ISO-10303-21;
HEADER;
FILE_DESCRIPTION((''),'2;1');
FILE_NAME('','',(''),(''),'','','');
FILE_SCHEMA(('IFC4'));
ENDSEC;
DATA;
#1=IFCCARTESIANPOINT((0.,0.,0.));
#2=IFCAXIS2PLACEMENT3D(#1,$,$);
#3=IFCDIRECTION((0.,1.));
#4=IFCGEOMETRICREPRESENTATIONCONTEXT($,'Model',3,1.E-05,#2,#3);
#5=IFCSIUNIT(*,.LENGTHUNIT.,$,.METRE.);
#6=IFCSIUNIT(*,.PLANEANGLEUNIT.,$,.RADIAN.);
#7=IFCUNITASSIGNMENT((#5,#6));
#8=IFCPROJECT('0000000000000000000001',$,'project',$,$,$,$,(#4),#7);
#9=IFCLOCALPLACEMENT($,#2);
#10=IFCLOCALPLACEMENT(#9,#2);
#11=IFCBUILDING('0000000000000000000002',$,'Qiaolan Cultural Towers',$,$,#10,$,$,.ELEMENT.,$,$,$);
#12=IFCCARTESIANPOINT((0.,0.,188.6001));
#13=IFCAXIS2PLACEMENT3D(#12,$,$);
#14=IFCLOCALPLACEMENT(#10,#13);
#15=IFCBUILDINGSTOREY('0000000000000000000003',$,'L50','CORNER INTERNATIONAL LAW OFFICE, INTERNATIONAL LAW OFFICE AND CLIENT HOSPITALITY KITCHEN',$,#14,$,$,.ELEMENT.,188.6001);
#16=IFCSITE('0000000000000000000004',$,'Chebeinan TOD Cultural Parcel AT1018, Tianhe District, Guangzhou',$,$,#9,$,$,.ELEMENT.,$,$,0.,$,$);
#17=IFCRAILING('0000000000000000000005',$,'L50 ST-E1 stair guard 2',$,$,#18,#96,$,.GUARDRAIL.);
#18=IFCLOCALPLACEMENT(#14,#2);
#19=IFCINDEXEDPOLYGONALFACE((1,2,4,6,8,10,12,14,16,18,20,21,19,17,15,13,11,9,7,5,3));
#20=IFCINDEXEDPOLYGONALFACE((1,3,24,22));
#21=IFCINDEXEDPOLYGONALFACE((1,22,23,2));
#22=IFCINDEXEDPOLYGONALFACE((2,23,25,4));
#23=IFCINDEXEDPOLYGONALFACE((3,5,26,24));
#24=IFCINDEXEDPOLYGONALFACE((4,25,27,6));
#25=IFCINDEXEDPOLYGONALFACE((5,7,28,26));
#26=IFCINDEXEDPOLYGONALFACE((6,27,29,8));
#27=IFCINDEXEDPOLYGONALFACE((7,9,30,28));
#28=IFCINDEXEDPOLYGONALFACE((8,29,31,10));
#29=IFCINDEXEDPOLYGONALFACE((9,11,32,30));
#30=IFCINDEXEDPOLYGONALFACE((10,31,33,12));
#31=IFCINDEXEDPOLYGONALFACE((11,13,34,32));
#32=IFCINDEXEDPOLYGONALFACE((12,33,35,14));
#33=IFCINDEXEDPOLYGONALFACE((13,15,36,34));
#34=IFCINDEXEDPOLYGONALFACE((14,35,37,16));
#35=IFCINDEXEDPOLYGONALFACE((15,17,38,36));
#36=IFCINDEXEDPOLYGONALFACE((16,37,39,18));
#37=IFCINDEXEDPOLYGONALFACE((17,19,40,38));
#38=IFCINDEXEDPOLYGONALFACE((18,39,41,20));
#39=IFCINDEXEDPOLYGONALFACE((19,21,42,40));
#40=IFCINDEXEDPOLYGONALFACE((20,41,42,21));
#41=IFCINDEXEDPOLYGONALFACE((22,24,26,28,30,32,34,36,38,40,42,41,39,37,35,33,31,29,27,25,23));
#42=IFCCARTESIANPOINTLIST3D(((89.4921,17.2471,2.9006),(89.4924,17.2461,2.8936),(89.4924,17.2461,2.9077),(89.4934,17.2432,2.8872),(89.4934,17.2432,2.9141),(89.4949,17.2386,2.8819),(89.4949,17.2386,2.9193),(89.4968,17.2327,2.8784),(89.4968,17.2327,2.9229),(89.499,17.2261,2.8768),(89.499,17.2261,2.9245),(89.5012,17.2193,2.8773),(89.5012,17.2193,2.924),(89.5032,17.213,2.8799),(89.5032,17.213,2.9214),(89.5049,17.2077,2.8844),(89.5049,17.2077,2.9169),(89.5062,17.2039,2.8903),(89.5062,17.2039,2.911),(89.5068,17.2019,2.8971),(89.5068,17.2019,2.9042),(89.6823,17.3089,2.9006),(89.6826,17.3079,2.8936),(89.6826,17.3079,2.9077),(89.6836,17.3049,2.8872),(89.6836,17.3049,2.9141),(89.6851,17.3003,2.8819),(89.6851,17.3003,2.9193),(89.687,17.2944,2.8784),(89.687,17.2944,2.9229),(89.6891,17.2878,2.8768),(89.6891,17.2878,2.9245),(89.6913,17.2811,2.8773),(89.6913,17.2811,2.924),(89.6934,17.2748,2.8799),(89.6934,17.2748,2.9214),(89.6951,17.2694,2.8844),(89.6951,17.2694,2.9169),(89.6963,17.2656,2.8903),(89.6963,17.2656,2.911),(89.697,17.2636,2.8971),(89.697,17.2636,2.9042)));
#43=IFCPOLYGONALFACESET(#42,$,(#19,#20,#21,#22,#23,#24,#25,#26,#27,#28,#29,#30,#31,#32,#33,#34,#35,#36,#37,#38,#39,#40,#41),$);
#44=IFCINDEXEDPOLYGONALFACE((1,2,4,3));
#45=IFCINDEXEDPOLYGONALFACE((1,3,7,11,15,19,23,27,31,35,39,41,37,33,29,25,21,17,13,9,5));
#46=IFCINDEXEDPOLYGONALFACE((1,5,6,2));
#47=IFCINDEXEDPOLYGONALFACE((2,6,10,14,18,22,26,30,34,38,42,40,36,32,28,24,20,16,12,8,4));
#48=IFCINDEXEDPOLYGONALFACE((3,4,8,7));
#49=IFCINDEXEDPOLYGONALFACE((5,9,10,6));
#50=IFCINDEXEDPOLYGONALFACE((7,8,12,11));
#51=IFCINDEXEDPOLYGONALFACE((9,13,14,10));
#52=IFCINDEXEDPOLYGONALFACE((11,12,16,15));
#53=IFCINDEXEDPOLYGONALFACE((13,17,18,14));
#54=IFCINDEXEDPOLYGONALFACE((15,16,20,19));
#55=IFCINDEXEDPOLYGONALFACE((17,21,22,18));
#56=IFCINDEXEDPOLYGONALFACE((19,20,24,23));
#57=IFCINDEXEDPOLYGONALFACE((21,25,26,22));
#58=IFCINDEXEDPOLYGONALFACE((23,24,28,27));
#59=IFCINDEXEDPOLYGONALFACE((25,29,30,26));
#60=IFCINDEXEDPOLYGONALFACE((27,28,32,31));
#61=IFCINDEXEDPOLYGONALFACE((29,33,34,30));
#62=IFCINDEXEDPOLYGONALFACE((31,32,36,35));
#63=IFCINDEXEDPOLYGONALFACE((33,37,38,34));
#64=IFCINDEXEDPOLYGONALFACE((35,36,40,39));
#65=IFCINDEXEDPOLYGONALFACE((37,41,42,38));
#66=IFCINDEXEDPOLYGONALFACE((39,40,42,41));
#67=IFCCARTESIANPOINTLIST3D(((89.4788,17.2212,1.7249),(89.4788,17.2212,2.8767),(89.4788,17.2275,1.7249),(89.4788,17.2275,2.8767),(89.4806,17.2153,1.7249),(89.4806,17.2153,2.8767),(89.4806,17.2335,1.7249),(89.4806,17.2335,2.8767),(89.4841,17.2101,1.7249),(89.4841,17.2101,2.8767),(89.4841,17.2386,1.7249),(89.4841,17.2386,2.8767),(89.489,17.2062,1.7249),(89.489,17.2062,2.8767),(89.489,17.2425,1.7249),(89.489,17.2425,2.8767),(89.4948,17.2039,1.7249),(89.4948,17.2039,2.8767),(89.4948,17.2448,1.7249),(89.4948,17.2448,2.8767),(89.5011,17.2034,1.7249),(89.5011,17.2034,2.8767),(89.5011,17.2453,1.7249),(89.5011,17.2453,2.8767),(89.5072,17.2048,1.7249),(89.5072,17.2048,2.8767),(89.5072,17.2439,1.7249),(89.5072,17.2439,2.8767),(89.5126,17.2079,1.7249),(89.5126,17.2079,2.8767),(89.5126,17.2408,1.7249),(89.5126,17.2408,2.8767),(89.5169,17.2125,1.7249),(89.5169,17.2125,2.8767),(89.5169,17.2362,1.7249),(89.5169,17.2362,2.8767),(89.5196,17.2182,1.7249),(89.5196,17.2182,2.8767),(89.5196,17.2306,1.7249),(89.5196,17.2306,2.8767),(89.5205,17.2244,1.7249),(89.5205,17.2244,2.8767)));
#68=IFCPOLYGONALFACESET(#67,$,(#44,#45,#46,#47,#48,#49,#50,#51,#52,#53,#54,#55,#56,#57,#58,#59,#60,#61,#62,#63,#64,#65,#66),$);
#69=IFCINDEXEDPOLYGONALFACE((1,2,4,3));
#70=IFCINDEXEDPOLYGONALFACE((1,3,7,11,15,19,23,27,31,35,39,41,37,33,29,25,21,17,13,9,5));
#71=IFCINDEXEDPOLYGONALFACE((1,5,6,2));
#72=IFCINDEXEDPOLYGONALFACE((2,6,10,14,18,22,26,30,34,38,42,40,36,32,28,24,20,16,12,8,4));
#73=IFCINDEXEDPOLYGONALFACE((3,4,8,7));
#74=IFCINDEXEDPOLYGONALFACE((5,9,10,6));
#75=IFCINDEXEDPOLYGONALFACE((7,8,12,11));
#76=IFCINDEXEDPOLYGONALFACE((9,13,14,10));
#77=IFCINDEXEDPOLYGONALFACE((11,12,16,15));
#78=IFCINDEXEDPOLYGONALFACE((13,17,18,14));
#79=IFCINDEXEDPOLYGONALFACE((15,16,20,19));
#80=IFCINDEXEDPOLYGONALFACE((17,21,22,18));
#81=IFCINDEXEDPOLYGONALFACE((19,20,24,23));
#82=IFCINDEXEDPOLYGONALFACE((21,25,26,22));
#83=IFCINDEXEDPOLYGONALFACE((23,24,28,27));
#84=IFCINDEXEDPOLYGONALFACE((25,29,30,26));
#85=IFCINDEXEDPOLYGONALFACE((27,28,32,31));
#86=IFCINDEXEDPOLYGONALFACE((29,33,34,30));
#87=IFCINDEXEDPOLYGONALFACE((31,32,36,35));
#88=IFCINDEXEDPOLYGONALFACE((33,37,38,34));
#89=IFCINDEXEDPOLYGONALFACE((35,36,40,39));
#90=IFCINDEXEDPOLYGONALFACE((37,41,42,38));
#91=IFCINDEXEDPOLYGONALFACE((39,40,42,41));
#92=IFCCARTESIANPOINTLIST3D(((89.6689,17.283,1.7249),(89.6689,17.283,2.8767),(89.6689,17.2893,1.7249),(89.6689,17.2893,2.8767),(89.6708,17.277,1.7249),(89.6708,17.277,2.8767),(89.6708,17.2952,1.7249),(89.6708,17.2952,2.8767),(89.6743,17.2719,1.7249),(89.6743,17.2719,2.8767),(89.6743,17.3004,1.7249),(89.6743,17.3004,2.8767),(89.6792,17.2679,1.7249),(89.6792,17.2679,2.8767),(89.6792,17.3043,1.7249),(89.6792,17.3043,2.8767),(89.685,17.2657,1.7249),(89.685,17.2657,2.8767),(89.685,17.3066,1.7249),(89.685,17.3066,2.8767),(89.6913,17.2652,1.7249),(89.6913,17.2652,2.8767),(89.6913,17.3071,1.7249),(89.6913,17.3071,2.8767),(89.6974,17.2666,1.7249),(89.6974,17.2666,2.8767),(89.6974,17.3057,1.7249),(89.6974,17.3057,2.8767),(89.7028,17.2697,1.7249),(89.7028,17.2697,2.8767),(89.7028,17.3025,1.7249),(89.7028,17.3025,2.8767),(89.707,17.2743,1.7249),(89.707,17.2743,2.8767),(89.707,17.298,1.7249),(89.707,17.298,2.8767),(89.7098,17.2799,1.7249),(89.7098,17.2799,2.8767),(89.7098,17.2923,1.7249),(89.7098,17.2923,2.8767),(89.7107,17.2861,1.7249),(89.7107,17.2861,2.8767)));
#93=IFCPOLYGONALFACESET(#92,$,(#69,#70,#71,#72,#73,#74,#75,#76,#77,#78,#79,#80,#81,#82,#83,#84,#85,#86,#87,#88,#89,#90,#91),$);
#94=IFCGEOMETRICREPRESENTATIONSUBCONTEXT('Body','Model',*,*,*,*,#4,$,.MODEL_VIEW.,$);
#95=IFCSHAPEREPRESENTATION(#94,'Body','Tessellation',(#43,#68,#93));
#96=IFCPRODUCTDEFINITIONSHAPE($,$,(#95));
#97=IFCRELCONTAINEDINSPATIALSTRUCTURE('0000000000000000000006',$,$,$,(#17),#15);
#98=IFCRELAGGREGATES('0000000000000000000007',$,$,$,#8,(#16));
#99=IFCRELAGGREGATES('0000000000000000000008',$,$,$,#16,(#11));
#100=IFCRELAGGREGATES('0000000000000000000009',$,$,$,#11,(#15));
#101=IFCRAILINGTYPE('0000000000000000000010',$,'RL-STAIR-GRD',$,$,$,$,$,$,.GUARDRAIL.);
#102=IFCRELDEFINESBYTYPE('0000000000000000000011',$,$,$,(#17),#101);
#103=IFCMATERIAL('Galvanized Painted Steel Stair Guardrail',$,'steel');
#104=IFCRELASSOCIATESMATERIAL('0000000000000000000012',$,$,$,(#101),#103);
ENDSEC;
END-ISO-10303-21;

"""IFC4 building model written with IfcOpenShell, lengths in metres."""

from ifc_helpers import new_model, si_unit, direction, frame, origin, origin_2d, place, context, subcontext, project, spatial, circle, extrude, material, type_object, element, save


model = new_model("IFC4")

# Units and contexts
model_context = context("Model", 3, precision=1e-05, world=origin(), true_north=direction((0.0, 1.0)))
body_context = subcontext(model_context, "Body", "Model", "MODEL_VIEW")
ifc_project = project(units=[si_unit("LENGTHUNIT", "METRE"), si_unit("PLANEANGLEUNIT", "RADIAN")], contexts=[model_context])

# Site, building, storey
site_placement = place(None, origin())
site = spatial("IfcSite", under=ifc_project, at=site_placement, Name="Chebeinan TOD Cultural Parcel AT1018, Tianhe District, Guangzhou", CompositionType="ELEMENT", RefElevation=0.0)
building_placement = place(site_placement, origin())
building = spatial("IfcBuilding", under=site, at=building_placement, Name="Qiaolan Cultural Towers", CompositionType="ELEMENT")
storey_placement = place(building_placement, frame((0.0, 0.0, 188.6001)))
storey = spatial("IfcBuildingStorey", under=building, at=storey_placement, Name="L50", Description="CORNER INTERNATIONAL LAW OFFICE, INTERNATIONAL LAW OFFICE AND CLIENT HOSPITALITY KITCHEN", CompositionType="ELEMENT", Elevation=188.6001)

# Railing
ifc_material_1 = material(Name="Galvanized Painted Steel Stair Guardrail", Category="steel")
railing_type_1 = type_object("IfcRailingType", Name="RL-STAIR-GRD", PredefinedType="GUARDRAIL", material=ifc_material_1)
railing_1_placement = place(storey_placement, frame((89.4995, 17.2244, 1.7249)))
element("IfcRailing", 1, at=railing_1_placement, inside=storey, type_object=railing_type_1, Name="L50 ST-E1 stair guard 2", PredefinedType="GUARDRAIL", context=body_context, shape_type="SweptSolid", body=[
    extrude(circle(Radius=0.0239, at=origin_2d()), frame((0.0, 0.0, 1.1758), z_axis=(0.951097, 0.308893, 0.0), x_axis=(-0.308893, 0.951097, 0.0)), (0.0, 0.0, 1.0), 0.2),
    extrude(circle(Radius=0.021, at=origin_2d()), origin(), (0.0, 0.0, 1.0), 1.1519),
    extrude(circle(Radius=0.021, at=origin_2d()), frame((0.1902, 0.0618, 0.0)), (0.0, 0.0, 1.0), 1.1519),
])

save(model, "model.ifc")
